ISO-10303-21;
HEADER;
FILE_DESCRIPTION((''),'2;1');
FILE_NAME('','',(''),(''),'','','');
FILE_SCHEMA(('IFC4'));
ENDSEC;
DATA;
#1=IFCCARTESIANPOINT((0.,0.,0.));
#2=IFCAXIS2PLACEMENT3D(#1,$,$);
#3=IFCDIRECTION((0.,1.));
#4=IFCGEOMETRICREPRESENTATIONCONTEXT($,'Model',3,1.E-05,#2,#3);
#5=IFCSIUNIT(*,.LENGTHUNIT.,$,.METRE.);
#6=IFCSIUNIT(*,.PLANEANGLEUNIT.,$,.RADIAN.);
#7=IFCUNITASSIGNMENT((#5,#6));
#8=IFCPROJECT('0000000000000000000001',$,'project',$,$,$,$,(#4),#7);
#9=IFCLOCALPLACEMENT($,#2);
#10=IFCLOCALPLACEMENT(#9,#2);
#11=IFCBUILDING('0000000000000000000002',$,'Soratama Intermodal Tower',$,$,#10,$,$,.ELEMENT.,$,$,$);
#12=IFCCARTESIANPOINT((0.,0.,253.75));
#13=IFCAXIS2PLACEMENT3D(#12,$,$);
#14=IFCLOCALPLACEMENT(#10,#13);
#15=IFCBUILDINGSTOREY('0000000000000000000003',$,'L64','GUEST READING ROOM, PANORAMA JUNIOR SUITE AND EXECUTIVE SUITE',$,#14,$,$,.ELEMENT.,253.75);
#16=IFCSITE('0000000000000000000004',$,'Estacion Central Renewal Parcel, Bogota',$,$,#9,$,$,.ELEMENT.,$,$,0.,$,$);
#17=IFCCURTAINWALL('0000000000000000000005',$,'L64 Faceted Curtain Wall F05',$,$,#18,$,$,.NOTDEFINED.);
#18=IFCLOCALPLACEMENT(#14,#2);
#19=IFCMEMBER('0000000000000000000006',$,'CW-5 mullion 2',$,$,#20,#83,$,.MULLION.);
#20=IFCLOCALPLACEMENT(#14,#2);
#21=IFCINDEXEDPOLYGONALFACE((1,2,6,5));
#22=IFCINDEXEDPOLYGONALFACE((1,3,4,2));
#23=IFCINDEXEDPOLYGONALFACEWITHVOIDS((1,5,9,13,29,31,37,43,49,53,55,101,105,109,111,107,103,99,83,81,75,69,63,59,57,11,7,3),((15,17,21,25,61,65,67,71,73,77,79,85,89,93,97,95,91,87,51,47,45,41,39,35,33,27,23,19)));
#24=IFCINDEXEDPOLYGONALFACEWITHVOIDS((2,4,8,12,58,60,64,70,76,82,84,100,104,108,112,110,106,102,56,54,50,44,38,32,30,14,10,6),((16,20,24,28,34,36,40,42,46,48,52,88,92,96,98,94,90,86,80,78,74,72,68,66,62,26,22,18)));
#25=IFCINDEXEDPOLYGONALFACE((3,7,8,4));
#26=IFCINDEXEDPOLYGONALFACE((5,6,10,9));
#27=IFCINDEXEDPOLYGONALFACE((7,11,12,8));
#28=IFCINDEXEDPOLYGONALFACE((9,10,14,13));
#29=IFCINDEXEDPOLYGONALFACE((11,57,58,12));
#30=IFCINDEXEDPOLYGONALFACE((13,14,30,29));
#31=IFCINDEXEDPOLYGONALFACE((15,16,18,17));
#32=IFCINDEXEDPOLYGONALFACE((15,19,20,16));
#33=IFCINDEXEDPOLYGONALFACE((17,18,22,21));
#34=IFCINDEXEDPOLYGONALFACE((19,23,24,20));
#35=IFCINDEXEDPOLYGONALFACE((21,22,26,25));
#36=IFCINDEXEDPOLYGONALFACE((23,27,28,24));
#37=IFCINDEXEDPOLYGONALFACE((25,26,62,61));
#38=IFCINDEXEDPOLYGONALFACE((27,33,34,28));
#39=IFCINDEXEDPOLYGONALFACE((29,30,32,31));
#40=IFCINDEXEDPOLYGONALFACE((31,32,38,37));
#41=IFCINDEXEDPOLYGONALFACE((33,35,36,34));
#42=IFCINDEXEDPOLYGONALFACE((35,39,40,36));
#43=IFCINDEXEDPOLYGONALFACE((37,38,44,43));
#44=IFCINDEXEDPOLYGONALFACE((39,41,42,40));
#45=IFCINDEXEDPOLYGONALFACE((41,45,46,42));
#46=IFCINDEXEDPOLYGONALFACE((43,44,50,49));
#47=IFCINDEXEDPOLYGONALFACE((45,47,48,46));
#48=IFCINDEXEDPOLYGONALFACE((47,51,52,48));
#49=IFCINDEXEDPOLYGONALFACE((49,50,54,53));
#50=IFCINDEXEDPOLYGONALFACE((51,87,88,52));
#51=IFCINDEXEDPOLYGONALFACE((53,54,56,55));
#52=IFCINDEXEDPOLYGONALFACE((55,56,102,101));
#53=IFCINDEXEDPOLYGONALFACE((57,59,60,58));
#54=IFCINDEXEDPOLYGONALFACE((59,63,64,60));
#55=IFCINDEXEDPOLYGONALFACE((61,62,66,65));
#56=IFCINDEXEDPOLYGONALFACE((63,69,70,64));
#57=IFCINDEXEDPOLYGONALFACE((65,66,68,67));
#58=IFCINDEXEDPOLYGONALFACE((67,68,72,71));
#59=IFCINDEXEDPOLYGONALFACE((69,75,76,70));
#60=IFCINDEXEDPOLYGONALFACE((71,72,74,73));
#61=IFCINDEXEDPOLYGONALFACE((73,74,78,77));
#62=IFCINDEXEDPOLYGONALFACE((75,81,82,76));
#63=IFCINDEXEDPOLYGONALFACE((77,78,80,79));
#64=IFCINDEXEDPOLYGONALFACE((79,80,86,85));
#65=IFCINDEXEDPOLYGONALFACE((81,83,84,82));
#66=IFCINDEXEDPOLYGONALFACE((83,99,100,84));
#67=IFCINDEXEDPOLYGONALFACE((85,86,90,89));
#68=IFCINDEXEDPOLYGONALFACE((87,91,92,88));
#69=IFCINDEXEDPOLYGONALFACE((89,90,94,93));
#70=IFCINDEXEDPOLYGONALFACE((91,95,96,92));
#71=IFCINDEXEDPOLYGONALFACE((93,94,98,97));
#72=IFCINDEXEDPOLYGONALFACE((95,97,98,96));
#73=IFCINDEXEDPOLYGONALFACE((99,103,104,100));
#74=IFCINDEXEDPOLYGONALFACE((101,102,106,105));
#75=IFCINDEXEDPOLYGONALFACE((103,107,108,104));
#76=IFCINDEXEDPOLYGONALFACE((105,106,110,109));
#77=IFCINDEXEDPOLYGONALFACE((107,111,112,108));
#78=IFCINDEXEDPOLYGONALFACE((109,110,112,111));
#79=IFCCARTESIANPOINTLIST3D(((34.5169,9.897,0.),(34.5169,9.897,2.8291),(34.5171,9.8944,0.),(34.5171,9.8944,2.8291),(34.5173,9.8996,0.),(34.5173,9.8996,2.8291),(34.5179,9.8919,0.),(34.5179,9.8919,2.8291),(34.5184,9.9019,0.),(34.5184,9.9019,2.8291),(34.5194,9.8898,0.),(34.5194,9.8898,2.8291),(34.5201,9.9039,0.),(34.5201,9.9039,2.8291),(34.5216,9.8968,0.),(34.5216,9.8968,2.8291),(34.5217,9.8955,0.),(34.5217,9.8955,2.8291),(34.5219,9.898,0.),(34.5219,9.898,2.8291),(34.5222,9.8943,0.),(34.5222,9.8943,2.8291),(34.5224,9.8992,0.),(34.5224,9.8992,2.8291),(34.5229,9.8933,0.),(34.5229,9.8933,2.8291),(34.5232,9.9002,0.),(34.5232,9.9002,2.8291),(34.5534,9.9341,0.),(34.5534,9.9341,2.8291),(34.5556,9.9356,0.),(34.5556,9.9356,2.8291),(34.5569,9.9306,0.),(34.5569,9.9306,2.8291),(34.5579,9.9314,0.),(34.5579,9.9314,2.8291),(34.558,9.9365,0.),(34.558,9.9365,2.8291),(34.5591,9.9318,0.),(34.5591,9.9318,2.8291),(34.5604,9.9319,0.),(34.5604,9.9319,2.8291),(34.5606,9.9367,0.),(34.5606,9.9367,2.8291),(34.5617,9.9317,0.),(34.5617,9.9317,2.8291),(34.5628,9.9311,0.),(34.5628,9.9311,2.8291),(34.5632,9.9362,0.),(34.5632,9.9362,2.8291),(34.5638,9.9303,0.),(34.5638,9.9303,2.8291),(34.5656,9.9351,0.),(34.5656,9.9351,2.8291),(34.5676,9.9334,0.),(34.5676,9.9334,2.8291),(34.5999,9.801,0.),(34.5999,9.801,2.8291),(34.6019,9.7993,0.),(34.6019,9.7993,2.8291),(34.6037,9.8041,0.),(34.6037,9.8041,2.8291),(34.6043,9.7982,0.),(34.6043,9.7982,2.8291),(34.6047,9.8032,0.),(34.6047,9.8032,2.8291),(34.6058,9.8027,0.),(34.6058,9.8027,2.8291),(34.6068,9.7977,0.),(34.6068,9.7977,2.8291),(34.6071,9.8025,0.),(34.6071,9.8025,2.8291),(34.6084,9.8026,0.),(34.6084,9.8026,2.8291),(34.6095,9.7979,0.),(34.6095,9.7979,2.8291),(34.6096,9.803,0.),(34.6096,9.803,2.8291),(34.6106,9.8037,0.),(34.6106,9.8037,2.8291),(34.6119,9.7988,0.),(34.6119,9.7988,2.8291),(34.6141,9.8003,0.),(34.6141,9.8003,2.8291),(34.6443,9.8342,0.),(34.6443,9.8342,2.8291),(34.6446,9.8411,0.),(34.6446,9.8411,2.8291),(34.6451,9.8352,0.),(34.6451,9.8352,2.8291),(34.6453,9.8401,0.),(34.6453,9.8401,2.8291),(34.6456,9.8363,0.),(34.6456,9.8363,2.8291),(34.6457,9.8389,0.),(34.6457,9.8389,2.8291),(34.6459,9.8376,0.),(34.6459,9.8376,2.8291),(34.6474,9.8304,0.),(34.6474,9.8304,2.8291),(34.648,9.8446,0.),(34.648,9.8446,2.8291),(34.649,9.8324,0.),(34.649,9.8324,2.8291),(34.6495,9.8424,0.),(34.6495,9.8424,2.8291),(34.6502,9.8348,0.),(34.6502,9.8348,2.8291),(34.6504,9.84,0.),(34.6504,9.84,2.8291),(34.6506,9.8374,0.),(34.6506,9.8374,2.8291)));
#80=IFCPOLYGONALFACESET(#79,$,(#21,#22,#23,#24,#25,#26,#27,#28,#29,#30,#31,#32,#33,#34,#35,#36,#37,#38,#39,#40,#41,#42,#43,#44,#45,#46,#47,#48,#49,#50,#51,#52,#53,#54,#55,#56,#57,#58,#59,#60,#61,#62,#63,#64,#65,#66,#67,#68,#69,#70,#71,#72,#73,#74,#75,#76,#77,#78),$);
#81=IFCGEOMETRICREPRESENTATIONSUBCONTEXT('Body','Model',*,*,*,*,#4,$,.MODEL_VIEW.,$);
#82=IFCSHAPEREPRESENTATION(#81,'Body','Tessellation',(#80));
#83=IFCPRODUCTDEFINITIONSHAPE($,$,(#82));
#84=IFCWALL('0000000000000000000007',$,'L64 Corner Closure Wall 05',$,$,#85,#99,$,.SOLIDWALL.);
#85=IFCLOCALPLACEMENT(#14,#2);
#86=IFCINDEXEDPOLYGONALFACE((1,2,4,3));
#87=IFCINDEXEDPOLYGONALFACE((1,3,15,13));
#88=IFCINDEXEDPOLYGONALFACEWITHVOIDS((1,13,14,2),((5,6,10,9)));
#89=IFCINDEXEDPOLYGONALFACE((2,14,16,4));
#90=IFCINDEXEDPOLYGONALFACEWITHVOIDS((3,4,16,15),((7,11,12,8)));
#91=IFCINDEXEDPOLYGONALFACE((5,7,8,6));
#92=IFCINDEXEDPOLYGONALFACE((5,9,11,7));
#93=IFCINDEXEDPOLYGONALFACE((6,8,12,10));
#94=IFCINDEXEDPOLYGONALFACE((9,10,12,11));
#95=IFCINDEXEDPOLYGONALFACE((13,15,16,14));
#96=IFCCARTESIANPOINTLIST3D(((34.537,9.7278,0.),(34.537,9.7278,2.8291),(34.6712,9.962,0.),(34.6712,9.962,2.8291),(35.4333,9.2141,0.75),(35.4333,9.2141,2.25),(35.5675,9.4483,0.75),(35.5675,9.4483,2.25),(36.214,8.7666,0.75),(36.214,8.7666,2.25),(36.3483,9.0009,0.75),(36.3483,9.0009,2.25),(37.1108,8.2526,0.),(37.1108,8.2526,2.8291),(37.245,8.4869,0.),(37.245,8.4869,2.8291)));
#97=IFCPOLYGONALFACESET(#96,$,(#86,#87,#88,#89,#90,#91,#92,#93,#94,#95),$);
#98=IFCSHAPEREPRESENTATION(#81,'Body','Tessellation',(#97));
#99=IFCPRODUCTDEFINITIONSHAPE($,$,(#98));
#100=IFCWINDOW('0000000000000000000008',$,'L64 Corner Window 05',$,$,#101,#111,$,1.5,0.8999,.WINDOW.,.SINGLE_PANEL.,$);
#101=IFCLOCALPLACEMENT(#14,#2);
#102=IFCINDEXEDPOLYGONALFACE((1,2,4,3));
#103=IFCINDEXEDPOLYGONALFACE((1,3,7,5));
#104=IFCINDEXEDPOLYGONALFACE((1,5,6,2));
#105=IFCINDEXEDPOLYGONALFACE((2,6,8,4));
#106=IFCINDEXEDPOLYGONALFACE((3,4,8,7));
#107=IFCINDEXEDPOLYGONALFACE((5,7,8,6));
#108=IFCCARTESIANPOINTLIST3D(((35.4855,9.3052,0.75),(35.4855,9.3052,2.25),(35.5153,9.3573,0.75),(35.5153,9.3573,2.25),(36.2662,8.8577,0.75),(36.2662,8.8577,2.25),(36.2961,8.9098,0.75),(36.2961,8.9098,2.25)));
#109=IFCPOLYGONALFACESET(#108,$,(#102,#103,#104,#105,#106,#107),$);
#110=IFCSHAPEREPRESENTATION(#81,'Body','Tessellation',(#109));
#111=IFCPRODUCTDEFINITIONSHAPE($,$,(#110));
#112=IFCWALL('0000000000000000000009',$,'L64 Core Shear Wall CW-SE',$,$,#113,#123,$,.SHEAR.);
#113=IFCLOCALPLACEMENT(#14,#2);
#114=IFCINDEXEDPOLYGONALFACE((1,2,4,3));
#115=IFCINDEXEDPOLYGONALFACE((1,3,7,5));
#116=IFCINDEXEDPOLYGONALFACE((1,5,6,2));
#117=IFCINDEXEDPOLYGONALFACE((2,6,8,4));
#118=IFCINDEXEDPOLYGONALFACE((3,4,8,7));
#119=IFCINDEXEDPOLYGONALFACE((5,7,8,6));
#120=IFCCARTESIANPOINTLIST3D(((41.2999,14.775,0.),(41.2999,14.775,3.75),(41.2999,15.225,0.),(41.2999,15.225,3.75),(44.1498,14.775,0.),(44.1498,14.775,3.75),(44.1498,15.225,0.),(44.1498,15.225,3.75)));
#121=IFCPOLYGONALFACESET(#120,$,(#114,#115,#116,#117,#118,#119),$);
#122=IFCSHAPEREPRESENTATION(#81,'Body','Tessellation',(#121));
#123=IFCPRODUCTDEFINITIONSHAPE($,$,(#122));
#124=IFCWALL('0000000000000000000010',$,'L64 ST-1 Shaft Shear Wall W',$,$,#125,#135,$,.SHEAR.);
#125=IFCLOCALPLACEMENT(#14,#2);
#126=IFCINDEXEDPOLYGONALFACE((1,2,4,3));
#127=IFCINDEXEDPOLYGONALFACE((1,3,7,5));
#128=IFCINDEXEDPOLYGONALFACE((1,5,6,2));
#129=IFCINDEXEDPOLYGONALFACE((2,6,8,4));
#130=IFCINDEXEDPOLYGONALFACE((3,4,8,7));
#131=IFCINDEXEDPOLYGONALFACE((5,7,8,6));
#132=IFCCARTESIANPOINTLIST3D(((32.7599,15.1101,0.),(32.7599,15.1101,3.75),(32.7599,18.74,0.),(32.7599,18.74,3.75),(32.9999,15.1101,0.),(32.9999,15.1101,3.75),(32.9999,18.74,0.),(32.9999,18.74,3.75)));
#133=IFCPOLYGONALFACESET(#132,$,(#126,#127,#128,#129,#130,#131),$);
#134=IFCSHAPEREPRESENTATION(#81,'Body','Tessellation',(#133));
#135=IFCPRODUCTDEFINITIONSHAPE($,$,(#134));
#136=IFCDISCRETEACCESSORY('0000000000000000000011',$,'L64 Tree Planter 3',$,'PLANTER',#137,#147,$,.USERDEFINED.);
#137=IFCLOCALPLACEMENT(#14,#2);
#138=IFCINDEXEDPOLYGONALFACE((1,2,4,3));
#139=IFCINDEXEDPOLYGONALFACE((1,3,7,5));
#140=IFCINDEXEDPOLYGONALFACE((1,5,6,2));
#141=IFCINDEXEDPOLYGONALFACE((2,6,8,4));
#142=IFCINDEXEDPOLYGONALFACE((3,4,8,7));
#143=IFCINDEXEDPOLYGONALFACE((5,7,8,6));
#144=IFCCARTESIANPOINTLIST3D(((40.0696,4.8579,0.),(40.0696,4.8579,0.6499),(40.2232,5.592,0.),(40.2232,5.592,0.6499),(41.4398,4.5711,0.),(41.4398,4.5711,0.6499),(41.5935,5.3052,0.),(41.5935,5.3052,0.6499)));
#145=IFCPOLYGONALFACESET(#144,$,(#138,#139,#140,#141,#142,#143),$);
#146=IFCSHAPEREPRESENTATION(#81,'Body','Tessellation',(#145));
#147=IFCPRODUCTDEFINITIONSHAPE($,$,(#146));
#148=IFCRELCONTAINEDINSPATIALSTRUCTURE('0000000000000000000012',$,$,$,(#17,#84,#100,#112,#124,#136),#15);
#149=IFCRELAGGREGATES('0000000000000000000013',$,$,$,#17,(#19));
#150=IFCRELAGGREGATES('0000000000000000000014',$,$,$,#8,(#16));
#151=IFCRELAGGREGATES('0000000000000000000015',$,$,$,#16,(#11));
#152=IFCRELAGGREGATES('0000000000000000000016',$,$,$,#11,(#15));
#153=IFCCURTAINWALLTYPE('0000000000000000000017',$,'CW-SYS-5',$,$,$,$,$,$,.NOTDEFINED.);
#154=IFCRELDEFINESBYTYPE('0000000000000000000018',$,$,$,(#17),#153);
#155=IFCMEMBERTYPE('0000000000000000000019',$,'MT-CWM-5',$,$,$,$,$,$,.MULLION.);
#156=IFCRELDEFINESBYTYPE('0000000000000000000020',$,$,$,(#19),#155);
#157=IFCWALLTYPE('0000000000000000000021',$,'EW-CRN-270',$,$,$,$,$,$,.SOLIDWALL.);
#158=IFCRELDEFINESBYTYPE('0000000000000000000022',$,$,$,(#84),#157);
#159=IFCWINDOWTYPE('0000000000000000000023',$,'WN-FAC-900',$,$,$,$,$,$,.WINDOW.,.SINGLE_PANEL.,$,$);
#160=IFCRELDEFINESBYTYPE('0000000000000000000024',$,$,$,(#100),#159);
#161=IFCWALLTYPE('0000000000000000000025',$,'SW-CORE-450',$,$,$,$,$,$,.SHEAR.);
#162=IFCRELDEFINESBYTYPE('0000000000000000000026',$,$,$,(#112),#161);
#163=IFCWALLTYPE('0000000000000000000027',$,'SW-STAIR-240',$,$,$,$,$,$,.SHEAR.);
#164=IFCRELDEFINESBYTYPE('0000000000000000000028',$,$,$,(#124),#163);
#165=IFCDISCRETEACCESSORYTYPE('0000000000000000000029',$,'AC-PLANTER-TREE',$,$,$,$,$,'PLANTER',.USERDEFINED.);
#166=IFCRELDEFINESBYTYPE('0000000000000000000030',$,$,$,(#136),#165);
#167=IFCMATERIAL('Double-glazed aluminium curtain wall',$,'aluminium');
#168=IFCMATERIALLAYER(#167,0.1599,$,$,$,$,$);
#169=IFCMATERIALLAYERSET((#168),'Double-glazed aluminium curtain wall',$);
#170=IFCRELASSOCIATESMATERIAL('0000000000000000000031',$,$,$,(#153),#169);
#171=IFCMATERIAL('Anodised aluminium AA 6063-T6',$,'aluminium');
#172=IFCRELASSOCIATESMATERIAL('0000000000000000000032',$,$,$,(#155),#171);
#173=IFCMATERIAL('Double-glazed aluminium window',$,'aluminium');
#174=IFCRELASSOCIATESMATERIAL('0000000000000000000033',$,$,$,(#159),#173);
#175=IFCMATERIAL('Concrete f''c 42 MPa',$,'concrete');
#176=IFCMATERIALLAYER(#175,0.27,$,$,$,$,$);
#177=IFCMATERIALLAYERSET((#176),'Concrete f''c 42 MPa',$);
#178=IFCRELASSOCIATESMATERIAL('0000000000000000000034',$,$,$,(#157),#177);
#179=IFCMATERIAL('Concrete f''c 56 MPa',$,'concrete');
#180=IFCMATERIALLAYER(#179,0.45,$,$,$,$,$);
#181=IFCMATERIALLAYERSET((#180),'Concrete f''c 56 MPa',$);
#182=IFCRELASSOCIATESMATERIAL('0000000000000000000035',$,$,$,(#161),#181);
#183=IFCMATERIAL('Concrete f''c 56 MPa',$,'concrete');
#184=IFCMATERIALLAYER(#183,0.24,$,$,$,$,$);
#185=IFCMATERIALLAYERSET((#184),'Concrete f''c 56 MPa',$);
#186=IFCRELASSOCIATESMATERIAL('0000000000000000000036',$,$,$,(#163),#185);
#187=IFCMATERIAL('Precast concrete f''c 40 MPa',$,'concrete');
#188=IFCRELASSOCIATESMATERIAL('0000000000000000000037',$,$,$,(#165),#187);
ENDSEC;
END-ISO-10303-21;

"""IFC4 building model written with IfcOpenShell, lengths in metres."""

from ifc_helpers import new_model, si_unit, direction, frame, frame_2d, origin, origin_2d, place, context, subcontext, project, spatial, rectangle, hollow_rectangle, extrude, material, layer, layer_set, material_profile, profile_set, type_object, element, fill, aggregate, save


model = new_model("IFC4")

# Units and contexts
model_context = context("Model", 3, precision=1e-05, world=origin(), true_north=direction((0.0, 1.0)))
body_context = subcontext(model_context, "Body", "Model", "MODEL_VIEW")
ifc_project = project(units=[si_unit("LENGTHUNIT", "METRE"), si_unit("PLANEANGLEUNIT", "RADIAN")], contexts=[model_context])

# Site, building, storey
site_placement = place(None, origin())
site = spatial("IfcSite", under=ifc_project, at=site_placement, Name="Estacion Central Renewal Parcel, Bogota", CompositionType="ELEMENT", RefElevation=0.0)
building_placement = place(site_placement, origin())
building = spatial("IfcBuilding", under=site, at=building_placement, Name="Soratama Intermodal Tower", CompositionType="ELEMENT")
storey_placement = place(building_placement, frame((0.0, 0.0, 253.75)))
storey = spatial("IfcBuildingStorey", under=building, at=storey_placement, Name="L64", Description="GUEST READING ROOM, PANORAMA JUNIOR SUITE AND EXECUTIVE SUITE", CompositionType="ELEMENT", Elevation=253.75)

# Curtain wall, member
ifc_material_1 = material(Name="Double-glazed aluminium curtain wall", Category="aluminium")
ifc_layer_1 = layer(ifc_material_1, 0.1599)
ifc_layer_set_1 = layer_set([ifc_layer_1], Name="Double-glazed aluminium curtain wall")
curtain_wall_type = type_object("IfcCurtainWallType", Name="CW-SYS-5", PredefinedType="NOTDEFINED", material=ifc_layer_set_1)
curtain_wall_placement = place(storey_placement, origin())
curtain_wall = element("IfcCurtainWall", 1, at=curtain_wall_placement, inside=storey, type_object=curtain_wall_type, Name="L64 Faceted Curtain Wall F05", PredefinedType="NOTDEFINED")
ifc_material_2 = material(Name="Anodised aluminium AA 6063-T6", Category="aluminium")
ifc_material_profile_1 = material_profile(ifc_material_2, hollow_rectangle(XDim=0.0649, YDim=0.1399, WallThickness=0.0049, InnerFilletRadius=0.0049, OuterFilletRadius=0.01, at=origin_2d()), Name="CWM140X65X5")
ifc_profile_set_1 = profile_set([ifc_material_profile_1], Name="Anodised aluminium AA 6063-T6")
member_type = type_object("IfcMemberType", Name="MT-CWM-5", PredefinedType="MULLION", material=ifc_profile_set_1)
member_placement = place(storey_placement, frame((34.5837, 9.8672, 0.0), z_axis=(0.0, 0.0, 1.0), x_axis=(0.741039, 0.671461, 0.0)))
member = element("IfcMember", 2, at=member_placement, type_object=member_type, Name="CW-5 mullion 2", PredefinedType="MULLION", context=body_context, shape_type="SweptSolid", body=[
    extrude(hollow_rectangle(XDim=0.0649, YDim=0.1399, WallThickness=0.0049, InnerFilletRadius=0.0049, OuterFilletRadius=0.01, at=origin_2d()), origin(), (0.0, 0.0, 1.0), 2.8291),
])
aggregate(curtain_wall, [member])

# Shared definitions
ifc_material_3 = material(Name="Double-glazed aluminium window", Category="aluminium")
window_type_1 = type_object("IfcWindowType", Name="WN-FAC-900", PartitioningType="SINGLE_PANEL", PredefinedType="WINDOW", material=ifc_material_3)

# Wall, opening, window
ifc_material_4 = material(Name="Concrete f'c 42 MPa", Category="concrete")
ifc_layer_2 = layer(ifc_material_4, 0.27)
ifc_layer_set_2 = layer_set([ifc_layer_2], Name="Concrete f'c 42 MPa")
wall_type_1 = type_object("IfcWallType", Name="EW-CRN-270", PredefinedType="SOLIDWALL", material=ifc_layer_set_2)
wall_1_placement = place(storey_placement, frame((34.604, 9.845, 0.0), z_axis=(0.0, 0.0, 1.0), x_axis=(0.867604, -0.497255, 0.0)))
wall_1 = element("IfcWall", 3, at=wall_1_placement, inside=storey, type_object=wall_type_1, Name="L64 Corner Closure Wall 05", PredefinedType="SOLIDWALL", context=body_context, shape_type="SweptSolid", body=[
    extrude(rectangle(XDim=2.9666, YDim=0.27, at=frame_2d((1.4834, 0.0))), origin(), (0.0, 0.0, 1.0), 2.8291),
])
opening_1_placement = place(wall_1_placement, frame((1.0332, 0.0, 0.75)))
opening_1 = element("IfcOpeningElement", 4, at=opening_1_placement, cuts=wall_1, PredefinedType="OPENING", context=body_context, shape_type="SweptSolid", body=[
    extrude(rectangle(XDim=0.8999, YDim=1.5, at=frame_2d((0.45, 0.75))), frame((0.0, 0.145, 0.0), z_axis=(0.0, -1.0, 0.0), x_axis=(1.0, 0.0, 0.0)), (0.0, 0.0, 1.0), 0.29),
])
window_1_placement = place(opening_1_placement, origin())
window_1 = element("IfcWindow", 5, at=window_1_placement, inside=storey, type_object=window_type_1, Name="L64 Corner Window 05", OverallHeight=1.5, OverallWidth=0.8999, PartitioningType="SINGLE_PANEL", PredefinedType="WINDOW", context=body_context, shape_type="SweptSolid", body=[
    extrude(rectangle(XDim=0.8999, YDim=1.5, at=frame_2d((0.45, 0.75))), frame((0.0, 0.03, 0.0), z_axis=(0.0, -1.0, 0.0), x_axis=(1.0, 0.0, 0.0)), (0.0, 0.0, 1.0), 0.0601),
])
fill(opening_1, window_1)

# Walls
ifc_material_5 = material(Name="Concrete f'c 56 MPa", Category="concrete")
ifc_layer_3 = layer(ifc_material_5, 0.45)
ifc_layer_set_3 = layer_set([ifc_layer_3], Name="Concrete f'c 56 MPa")
wall_type_2 = type_object("IfcWallType", Name="SW-CORE-450", PredefinedType="SHEAR", material=ifc_layer_set_3)
wall_2_placement = place(storey_placement, frame((41.3, 15.0, 0.0), z_axis=(0.0, 0.0, 1.0), x_axis=(1.0, 0.0, 0.0)))
element("IfcWall", 6, at=wall_2_placement, inside=storey, type_object=wall_type_2, Name="L64 Core Shear Wall CW-SE", PredefinedType="SHEAR", context=body_context, shape_type="SweptSolid", body=[
    extrude(rectangle(XDim=2.8499, YDim=0.45, at=frame_2d((1.4248, 0.0))), origin(), (0.0, 0.0, 1.0), 3.75),
])
ifc_material_6 = material(Name="Concrete f'c 56 MPa", Category="concrete")
ifc_layer_4 = layer(ifc_material_6, 0.24)
ifc_layer_set_4 = layer_set([ifc_layer_4], Name="Concrete f'c 56 MPa")
wall_type_3 = type_object("IfcWallType", Name="SW-STAIR-240", PredefinedType="SHEAR", material=ifc_layer_set_4)
wall_3_placement = place(storey_placement, frame((32.8799, 15.1101, 0.0), z_axis=(0.0, 0.0, 1.0), x_axis=(0.0, 1.0, 0.0)))
element("IfcWall", 7, at=wall_3_placement, inside=storey, type_object=wall_type_3, Name="L64 ST-1 Shaft Shear Wall W", PredefinedType="SHEAR", context=body_context, shape_type="SweptSolid", body=[
    extrude(rectangle(XDim=3.6299, YDim=0.24, at=frame_2d((1.8149, 0.0))), origin(), (0.0, 0.0, 1.0), 3.75),
])

# Discrete accessory
ifc_material_7 = material(Name="Precast concrete f'c 40 MPa", Category="concrete")
discrete_accessory_type = type_object("IfcDiscreteAccessoryType", Name="AC-PLANTER-TREE", ElementType="PLANTER", PredefinedType="USERDEFINED", material=ifc_material_7)
discrete_accessory_placement = place(storey_placement, frame((40.8315, 5.0815, 0.0), z_axis=(0.0, 0.0, 1.0), x_axis=(-0.204838, -0.978796, 0.0)))
element("IfcDiscreteAccessory", 8, at=discrete_accessory_placement, inside=storey, type_object=discrete_accessory_type, Name="L64 Tree Planter 3", ObjectType="PLANTER", PredefinedType="USERDEFINED", context=body_context, shape_type="SweptSolid", body=[
    extrude(rectangle(XDim=0.75, YDim=1.3999, at=origin_2d()), origin(), (0.0, 0.0, 1.0), 0.6499),
])

save(model, "model.ifc")
